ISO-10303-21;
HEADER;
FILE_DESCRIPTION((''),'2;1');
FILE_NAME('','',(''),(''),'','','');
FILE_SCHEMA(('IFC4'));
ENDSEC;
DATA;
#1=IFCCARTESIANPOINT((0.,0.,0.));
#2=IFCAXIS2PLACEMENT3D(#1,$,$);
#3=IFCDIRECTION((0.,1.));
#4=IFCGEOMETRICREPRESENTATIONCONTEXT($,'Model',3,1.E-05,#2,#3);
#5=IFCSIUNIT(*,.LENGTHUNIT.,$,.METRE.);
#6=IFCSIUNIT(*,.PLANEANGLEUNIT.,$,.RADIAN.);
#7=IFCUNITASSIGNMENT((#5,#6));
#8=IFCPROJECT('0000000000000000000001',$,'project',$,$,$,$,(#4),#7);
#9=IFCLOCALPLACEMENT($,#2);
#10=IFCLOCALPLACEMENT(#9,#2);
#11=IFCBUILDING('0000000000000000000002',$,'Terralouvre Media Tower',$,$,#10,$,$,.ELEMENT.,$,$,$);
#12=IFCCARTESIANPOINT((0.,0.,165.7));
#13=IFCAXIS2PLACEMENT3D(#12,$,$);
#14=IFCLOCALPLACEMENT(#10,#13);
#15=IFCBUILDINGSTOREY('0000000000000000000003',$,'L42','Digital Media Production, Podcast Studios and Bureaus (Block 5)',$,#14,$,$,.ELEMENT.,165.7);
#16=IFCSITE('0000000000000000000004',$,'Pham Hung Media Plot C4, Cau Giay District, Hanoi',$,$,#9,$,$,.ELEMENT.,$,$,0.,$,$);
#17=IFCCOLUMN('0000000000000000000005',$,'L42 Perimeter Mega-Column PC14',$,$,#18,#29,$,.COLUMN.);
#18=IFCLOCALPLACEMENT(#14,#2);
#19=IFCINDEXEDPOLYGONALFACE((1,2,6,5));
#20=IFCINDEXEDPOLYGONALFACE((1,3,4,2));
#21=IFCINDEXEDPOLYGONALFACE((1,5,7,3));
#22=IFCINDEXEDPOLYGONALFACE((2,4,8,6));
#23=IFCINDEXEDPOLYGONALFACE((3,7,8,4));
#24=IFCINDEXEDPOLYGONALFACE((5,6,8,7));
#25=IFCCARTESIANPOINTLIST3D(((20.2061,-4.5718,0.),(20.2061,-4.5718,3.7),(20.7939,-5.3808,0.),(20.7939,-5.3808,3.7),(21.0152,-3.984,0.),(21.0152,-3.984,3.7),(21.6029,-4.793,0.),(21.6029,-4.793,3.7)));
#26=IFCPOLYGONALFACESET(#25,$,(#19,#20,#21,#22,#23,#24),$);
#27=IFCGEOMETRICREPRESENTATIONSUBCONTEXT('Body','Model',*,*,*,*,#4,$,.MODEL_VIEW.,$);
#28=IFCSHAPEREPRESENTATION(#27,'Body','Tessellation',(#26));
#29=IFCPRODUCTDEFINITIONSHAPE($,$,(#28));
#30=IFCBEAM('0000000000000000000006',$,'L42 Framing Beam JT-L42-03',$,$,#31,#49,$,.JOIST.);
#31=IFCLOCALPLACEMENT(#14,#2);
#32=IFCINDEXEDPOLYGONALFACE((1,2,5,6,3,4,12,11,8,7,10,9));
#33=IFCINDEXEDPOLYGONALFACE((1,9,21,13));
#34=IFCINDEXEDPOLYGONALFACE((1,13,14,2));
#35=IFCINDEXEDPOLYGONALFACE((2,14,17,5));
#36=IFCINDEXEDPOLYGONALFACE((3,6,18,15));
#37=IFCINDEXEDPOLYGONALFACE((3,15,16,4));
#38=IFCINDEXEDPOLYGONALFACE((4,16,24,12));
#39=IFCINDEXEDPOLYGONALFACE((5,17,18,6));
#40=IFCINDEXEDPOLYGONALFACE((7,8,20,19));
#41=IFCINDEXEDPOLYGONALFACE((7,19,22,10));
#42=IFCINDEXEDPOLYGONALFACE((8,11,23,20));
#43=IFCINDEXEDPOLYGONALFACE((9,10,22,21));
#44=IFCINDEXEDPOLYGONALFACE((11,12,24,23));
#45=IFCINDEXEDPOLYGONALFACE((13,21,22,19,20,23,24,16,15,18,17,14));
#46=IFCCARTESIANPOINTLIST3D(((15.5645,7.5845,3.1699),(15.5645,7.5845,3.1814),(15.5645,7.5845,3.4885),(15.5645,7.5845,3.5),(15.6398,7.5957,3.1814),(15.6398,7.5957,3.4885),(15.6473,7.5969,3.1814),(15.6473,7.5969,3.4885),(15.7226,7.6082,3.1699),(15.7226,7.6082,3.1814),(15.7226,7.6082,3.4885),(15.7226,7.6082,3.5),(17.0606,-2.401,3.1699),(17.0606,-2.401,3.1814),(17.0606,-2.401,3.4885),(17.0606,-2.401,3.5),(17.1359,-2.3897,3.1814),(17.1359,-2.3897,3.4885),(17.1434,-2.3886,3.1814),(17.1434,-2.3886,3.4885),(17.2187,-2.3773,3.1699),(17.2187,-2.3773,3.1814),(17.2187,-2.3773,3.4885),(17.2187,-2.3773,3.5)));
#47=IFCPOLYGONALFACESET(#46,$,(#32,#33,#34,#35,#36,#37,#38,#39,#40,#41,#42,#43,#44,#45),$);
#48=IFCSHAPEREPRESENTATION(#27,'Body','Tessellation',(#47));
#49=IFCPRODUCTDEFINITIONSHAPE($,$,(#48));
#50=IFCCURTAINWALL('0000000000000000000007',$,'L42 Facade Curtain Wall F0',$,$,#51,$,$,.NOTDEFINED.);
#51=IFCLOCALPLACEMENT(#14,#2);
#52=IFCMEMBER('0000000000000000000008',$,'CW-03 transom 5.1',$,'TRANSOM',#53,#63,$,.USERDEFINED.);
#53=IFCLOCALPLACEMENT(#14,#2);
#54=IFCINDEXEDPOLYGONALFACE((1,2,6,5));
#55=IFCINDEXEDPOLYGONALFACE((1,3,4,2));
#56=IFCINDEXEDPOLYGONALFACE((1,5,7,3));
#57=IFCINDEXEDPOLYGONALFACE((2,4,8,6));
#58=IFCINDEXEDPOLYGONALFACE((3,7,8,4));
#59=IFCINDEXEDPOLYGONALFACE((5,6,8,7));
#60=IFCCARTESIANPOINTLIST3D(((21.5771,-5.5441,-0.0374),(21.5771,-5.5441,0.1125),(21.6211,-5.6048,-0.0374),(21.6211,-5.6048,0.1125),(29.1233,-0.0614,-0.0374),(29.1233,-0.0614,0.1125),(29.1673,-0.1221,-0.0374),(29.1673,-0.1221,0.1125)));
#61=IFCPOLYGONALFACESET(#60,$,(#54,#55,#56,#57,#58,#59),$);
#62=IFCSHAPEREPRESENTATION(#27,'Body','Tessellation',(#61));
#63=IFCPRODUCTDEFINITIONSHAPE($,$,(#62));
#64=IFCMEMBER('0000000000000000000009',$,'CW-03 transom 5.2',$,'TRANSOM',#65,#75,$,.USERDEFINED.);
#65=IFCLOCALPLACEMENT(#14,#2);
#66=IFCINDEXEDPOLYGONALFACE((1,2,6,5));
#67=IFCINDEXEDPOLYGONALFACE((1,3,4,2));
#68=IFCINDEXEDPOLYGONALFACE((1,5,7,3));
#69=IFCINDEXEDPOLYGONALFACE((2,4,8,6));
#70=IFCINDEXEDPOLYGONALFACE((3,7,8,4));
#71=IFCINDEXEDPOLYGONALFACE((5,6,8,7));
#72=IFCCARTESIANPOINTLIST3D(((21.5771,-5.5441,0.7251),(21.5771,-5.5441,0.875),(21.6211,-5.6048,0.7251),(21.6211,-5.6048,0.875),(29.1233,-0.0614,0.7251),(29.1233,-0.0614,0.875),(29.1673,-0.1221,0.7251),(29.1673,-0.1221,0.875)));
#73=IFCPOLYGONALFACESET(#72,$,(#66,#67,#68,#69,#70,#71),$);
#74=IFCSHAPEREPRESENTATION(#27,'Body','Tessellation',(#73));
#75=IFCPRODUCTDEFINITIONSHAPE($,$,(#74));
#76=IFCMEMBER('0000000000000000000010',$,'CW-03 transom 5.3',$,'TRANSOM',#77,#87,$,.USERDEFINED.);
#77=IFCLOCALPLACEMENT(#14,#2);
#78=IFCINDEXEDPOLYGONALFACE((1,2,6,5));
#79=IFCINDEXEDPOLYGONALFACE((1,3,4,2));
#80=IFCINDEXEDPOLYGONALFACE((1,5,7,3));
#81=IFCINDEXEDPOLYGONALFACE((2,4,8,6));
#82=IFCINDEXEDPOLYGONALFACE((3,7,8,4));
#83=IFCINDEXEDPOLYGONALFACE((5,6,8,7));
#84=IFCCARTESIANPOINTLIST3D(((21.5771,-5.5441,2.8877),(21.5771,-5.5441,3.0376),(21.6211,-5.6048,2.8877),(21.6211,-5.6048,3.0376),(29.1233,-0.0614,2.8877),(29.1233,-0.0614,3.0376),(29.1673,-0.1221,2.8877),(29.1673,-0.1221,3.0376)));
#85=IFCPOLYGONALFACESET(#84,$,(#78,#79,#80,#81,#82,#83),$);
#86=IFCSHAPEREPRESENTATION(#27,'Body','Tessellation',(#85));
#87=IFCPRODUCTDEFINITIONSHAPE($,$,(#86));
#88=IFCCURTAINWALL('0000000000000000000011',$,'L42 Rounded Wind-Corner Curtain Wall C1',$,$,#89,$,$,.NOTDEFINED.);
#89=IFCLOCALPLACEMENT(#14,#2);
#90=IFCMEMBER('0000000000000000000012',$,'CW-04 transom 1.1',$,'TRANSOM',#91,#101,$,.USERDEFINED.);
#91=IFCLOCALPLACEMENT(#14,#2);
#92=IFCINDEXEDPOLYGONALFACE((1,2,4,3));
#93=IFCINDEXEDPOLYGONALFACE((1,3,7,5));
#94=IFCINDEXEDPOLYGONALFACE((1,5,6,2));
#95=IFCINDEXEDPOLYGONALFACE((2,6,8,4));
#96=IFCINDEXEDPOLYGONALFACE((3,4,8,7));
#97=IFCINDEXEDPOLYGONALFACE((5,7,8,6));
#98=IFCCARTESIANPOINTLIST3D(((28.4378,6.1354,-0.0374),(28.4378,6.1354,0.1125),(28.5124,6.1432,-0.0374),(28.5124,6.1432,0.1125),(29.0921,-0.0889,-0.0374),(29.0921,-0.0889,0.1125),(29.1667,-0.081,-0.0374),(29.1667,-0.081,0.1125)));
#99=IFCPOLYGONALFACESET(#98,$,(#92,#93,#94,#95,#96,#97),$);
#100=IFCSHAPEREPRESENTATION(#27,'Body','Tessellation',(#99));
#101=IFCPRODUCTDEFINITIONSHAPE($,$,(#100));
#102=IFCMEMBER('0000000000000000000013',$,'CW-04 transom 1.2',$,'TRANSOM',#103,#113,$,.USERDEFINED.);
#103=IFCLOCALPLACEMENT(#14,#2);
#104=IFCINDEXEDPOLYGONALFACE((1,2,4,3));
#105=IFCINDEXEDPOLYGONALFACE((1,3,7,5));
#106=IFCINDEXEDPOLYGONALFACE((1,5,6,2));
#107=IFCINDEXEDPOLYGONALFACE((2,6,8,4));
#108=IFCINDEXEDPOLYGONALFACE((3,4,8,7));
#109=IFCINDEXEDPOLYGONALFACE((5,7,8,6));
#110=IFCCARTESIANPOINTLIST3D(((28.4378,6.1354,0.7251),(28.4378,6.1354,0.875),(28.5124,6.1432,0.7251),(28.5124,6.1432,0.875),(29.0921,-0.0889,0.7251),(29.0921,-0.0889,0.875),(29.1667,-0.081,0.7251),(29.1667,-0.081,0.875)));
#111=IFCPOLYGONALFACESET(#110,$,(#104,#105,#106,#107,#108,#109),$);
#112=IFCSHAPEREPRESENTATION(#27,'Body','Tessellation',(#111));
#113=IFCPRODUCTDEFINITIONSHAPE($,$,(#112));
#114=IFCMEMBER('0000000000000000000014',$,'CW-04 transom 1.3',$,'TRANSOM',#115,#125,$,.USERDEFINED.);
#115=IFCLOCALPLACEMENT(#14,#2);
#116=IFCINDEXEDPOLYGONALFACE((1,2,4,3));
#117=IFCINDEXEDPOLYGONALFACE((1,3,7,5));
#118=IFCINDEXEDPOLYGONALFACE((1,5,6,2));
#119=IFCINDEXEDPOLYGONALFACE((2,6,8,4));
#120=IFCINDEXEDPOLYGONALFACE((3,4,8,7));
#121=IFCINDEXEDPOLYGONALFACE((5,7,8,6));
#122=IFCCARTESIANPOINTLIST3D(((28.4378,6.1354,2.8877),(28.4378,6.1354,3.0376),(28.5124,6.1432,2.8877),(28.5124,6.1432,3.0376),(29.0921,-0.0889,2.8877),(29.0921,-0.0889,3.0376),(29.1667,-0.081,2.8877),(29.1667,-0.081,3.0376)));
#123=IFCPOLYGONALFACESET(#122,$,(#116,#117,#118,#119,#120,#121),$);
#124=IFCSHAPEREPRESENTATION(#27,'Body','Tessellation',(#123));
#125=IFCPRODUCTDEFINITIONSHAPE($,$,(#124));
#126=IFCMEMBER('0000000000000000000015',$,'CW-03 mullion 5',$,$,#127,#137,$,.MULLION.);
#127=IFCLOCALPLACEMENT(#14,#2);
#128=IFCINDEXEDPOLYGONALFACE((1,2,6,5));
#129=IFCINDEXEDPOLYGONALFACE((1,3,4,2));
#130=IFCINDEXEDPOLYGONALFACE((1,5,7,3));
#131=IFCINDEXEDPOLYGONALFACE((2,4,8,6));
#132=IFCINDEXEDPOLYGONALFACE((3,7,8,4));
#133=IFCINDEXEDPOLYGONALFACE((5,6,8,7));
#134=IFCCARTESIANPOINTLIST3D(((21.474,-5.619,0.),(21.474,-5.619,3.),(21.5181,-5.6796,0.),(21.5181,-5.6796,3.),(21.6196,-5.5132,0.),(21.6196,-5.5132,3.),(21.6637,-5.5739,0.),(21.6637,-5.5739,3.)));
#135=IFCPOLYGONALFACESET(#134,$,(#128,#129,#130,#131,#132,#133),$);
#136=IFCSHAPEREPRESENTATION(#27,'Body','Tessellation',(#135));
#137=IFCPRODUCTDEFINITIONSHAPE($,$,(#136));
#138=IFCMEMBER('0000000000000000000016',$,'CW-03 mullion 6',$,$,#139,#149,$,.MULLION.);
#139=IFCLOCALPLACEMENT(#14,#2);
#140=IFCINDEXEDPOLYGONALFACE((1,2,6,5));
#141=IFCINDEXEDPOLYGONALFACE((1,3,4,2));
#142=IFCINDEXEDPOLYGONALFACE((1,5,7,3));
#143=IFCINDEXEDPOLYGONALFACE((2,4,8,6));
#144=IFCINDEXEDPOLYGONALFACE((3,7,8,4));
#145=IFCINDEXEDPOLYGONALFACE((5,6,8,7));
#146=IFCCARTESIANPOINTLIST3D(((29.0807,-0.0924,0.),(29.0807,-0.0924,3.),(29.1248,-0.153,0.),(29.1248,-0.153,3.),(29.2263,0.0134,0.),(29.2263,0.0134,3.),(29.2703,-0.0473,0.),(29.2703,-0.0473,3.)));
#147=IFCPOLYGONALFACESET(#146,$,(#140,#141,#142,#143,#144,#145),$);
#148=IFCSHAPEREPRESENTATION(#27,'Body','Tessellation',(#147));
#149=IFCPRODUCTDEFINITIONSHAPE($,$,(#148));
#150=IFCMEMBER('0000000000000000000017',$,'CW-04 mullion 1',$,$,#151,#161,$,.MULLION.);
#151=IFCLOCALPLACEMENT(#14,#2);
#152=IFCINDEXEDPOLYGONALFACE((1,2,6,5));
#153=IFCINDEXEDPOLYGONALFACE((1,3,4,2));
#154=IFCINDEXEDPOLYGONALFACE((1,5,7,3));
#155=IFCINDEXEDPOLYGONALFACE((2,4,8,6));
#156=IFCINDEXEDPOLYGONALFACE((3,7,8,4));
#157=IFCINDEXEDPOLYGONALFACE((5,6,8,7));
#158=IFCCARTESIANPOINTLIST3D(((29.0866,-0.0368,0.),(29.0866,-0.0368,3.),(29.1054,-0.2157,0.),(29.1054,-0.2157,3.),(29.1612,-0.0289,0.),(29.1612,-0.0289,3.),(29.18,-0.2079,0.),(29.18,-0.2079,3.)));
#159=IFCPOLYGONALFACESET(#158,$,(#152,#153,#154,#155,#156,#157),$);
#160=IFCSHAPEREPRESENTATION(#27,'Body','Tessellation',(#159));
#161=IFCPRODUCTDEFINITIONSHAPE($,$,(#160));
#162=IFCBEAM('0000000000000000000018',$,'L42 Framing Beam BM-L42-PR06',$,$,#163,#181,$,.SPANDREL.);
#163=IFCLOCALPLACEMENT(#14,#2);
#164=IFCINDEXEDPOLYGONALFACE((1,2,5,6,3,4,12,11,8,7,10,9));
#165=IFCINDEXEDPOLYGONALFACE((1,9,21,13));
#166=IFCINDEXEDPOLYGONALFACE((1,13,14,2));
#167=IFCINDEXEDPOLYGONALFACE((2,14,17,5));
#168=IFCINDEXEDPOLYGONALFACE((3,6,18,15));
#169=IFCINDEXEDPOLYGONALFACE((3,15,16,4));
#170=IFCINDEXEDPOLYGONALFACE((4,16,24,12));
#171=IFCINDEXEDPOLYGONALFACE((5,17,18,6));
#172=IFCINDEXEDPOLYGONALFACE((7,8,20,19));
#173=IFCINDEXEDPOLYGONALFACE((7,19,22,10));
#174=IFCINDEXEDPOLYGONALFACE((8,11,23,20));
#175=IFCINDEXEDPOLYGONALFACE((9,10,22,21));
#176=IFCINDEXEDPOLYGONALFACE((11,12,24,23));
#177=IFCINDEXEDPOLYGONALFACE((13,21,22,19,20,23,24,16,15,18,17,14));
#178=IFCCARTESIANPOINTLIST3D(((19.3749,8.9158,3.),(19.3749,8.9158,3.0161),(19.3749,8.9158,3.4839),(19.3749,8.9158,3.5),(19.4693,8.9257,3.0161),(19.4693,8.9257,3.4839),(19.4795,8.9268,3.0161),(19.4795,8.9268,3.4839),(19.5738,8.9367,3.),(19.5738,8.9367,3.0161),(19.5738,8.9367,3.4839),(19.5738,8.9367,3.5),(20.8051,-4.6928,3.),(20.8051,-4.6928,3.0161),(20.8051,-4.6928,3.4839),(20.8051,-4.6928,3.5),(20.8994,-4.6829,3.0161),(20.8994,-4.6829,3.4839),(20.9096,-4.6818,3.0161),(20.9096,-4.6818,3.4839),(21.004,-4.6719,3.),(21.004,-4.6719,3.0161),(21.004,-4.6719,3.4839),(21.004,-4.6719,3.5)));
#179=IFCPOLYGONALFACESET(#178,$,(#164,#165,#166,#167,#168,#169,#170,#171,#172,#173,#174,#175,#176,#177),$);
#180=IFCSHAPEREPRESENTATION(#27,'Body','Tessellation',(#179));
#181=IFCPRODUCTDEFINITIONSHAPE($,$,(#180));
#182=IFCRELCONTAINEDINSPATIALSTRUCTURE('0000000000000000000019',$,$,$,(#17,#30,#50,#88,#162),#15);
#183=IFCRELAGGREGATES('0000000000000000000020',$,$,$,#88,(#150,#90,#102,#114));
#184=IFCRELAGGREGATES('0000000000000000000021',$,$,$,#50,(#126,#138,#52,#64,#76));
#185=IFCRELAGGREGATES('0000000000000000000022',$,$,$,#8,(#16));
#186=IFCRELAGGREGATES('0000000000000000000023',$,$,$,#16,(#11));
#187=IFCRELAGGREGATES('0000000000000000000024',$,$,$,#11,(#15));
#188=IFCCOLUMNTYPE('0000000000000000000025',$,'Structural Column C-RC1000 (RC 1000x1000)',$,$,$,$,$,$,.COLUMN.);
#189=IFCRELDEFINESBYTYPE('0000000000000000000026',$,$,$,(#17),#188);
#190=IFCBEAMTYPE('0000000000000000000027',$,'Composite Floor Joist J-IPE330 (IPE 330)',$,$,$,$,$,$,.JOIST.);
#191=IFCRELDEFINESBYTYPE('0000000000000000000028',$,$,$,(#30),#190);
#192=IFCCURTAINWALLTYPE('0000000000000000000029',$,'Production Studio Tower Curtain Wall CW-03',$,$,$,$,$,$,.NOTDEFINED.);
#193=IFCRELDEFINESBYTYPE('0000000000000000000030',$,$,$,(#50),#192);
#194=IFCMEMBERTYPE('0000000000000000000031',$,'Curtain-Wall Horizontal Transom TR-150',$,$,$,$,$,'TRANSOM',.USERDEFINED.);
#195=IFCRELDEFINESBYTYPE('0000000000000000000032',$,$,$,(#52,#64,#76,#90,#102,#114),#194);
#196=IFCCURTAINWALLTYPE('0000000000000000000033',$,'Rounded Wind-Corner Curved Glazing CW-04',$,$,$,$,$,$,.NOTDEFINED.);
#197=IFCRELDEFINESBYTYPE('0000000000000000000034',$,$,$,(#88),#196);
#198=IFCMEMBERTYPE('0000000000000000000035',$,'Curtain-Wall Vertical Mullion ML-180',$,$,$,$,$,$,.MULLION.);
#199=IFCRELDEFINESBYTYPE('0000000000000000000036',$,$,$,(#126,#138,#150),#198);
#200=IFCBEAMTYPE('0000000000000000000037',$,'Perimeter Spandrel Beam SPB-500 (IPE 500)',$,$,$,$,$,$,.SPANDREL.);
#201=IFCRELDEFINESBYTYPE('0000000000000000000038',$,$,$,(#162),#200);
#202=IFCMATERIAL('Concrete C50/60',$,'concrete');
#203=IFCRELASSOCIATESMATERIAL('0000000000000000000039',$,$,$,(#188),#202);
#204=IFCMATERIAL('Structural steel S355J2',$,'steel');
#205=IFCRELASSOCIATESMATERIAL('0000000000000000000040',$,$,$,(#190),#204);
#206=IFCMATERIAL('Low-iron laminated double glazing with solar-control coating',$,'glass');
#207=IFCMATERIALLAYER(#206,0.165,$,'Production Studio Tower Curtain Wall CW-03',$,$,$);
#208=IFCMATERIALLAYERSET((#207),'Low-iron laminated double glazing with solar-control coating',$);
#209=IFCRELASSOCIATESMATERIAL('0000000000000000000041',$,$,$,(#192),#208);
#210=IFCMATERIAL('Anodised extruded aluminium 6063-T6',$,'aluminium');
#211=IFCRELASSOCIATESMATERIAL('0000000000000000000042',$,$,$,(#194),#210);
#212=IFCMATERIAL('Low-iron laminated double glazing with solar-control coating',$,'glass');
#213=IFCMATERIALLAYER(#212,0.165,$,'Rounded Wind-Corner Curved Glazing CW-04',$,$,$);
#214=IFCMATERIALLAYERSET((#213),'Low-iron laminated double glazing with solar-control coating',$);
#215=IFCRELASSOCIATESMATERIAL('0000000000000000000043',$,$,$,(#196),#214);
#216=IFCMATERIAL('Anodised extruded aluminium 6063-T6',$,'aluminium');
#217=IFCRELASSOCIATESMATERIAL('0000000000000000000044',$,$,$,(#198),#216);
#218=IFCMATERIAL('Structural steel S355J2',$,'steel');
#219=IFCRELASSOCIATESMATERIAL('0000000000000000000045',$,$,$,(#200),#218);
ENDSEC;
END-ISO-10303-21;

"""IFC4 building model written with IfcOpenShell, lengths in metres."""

from ifc_helpers import new_model, si_unit, direction, frame, origin, origin_2d, place, context, subcontext, project, spatial, rectangle, i_section, extrude, material, layer, layer_set, material_profile, profile_set, type_object, element, aggregate, save


model = new_model("IFC4")

# Units and contexts
model_context = context("Model", 3, precision=1e-05, world=origin(), true_north=direction((0.0, 1.0)))
body_context = subcontext(model_context, "Body", "Model", "MODEL_VIEW")
ifc_project = project(units=[si_unit("LENGTHUNIT", "METRE"), si_unit("PLANEANGLEUNIT", "RADIAN")], contexts=[model_context])

# Site, building, storey
site_placement = place(None, origin())
site = spatial("IfcSite", under=ifc_project, at=site_placement, Name="Pham Hung Media Plot C4, Cau Giay District, Hanoi", CompositionType="ELEMENT", RefElevation=0.0)
building_placement = place(site_placement, origin())
building = spatial("IfcBuilding", under=site, at=building_placement, Name="Terralouvre Media Tower", CompositionType="ELEMENT")
storey_placement = place(building_placement, frame((0.0, 0.0, 165.7)))
storey = spatial("IfcBuildingStorey", under=building, at=storey_placement, Name="L42", Description="Digital Media Production, Podcast Studios and Bureaus (Block 5)", CompositionType="ELEMENT", Elevation=165.7)

# Column
ifc_material_1 = material(Name="Concrete C50/60", Category="concrete")
ifc_material_profile_1 = material_profile(ifc_material_1, rectangle(XDim=1.0, YDim=1.0, at=origin_2d()), Name="RC 1000x1000")
ifc_profile_set_1 = profile_set([ifc_material_profile_1], Name="Concrete C50/60")
column_type = type_object("IfcColumnType", Name="Structural Column C-RC1000 (RC 1000x1000)", PredefinedType="COLUMN", material=ifc_profile_set_1)
column_placement = place(storey_placement, frame((20.9045, -4.6824, 0.0), z_axis=(0.0, 0.0, 1.0), x_axis=(0.809017, 0.587785, 0.0)))
element("IfcColumn", 1, at=column_placement, inside=storey, type_object=column_type, Name="L42 Perimeter Mega-Column PC14", PredefinedType="COLUMN", context=body_context, shape_type="SweptSolid", body=[
    extrude(rectangle(XDim=1.0, YDim=1.0, at=origin_2d()), origin(), (0.0, 0.0, 1.0), 3.7),
])

# Beam
ifc_material_2 = material(Name="Structural steel S355J2", Category="steel")
ifc_material_profile_2 = material_profile(ifc_material_2, i_section(OverallWidth=0.1599, OverallDepth=0.3301, WebThickness=0.0076, FlangeThickness=0.0115, at=origin_2d()), Name="IPE 330")
ifc_profile_set_2 = profile_set([ifc_material_profile_2], Name="Structural steel S355J2")
beam_type_1 = type_object("IfcBeamType", Name="Composite Floor Joist J-IPE330 (IPE 330)", PredefinedType="JOIST", material=ifc_profile_set_2)
beam_1_placement = place(storey_placement, frame((17.1396, -2.3892, 3.335), z_axis=(-0.148175, 0.988961, 0.0), x_axis=(-0.988961, -0.148175, 0.0)))
element("IfcBeam", 2, at=beam_1_placement, inside=storey, type_object=beam_type_1, Name="L42 Framing Beam JT-L42-03", PredefinedType="JOIST", context=body_context, shape_type="SweptSolid", body=[
    extrude(i_section(OverallWidth=0.1599, OverallDepth=0.3301, WebThickness=0.0076, FlangeThickness=0.0115, at=origin_2d()), origin(), (0.0, 0.0, 1.0), 10.0969),
])

# Curtain walls, members
ifc_material_3 = material(Name="Low-iron laminated double glazing with solar-control coating", Category="glass")
ifc_layer_1 = layer(ifc_material_3, 0.165, Name="Production Studio Tower Curtain Wall CW-03")
ifc_layer_set_1 = layer_set([ifc_layer_1], Name="Low-iron laminated double glazing with solar-control coating")
curtain_wall_type_1 = type_object("IfcCurtainWallType", Name="Production Studio Tower Curtain Wall CW-03", PredefinedType="NOTDEFINED", material=ifc_layer_set_1)
curtain_wall_1_placement = place(storey_placement, origin())
curtain_wall_1 = element("IfcCurtainWall", 3, at=curtain_wall_1_placement, inside=storey, type_object=curtain_wall_type_1, Name="L42 Facade Curtain Wall F0", PredefinedType="NOTDEFINED")
ifc_material_4 = material(Name="Anodised extruded aluminium 6063-T6", Category="aluminium")
ifc_material_profile_3 = material_profile(ifc_material_4, rectangle(XDim=0.075, YDim=0.1499, at=origin_2d()), Name="ALU 75x150")
ifc_profile_set_3 = profile_set([ifc_material_profile_3], Name="Anodised extruded aluminium 6063-T6")
member_type_1 = type_object("IfcMemberType", Name="Curtain-Wall Horizontal Transom TR-150", ElementType="TRANSOM", PredefinedType="USERDEFINED", material=ifc_profile_set_3)
member_1_placement = place(storey_placement, frame((21.5991, -5.5745, 0.0376), z_axis=(0.809013, 0.58779, 0.0), x_axis=(-0.58779, 0.809013, 0.0)))
member_1 = element("IfcMember", 4, at=member_1_placement, type_object=member_type_1, Name="CW-03 transom 5.1", ObjectType="TRANSOM", PredefinedType="USERDEFINED", context=body_context, shape_type="SweptSolid", body=[
    extrude(rectangle(XDim=0.075, YDim=0.1499, at=origin_2d()), origin(), (0.0, 0.0, 1.0), 9.3276),
])
member_2_placement = place(storey_placement, frame((21.5991, -5.5745, 0.8), z_axis=(0.809013, 0.58779, 0.0), x_axis=(-0.58779, 0.809013, 0.0)))
member_2 = element("IfcMember", 5, at=member_2_placement, type_object=member_type_1, Name="CW-03 transom 5.2", ObjectType="TRANSOM", PredefinedType="USERDEFINED", context=body_context, shape_type="SweptSolid", body=[
    extrude(rectangle(XDim=0.075, YDim=0.1499, at=origin_2d()), origin(), (0.0, 0.0, 1.0), 9.3276),
])
member_3_placement = place(storey_placement, frame((21.5991, -5.5745, 2.9626), z_axis=(0.809013, 0.58779, 0.0), x_axis=(-0.58779, 0.809013, 0.0)))
member_3 = element("IfcMember", 6, at=member_3_placement, type_object=member_type_1, Name="CW-03 transom 5.3", ObjectType="TRANSOM", PredefinedType="USERDEFINED", context=body_context, shape_type="SweptSolid", body=[
    extrude(rectangle(XDim=0.075, YDim=0.1499, at=origin_2d()), origin(), (0.0, 0.0, 1.0), 9.3276),
])
ifc_material_5 = material(Name="Low-iron laminated double glazing with solar-control coating", Category="glass")
ifc_layer_2 = layer(ifc_material_5, 0.165, Name="Rounded Wind-Corner Curved Glazing CW-04")
ifc_layer_set_2 = layer_set([ifc_layer_2], Name="Low-iron laminated double glazing with solar-control coating")
curtain_wall_type_2 = type_object("IfcCurtainWallType", Name="Rounded Wind-Corner Curved Glazing CW-04", PredefinedType="NOTDEFINED", material=ifc_layer_set_2)
curtain_wall_2_placement = place(storey_placement, origin())
curtain_wall_2 = element("IfcCurtainWall", 7, at=curtain_wall_2_placement, inside=storey, type_object=curtain_wall_type_2, Name="L42 Rounded Wind-Corner Curtain Wall C1", PredefinedType="NOTDEFINED")
member_4_placement = place(storey_placement, frame((29.1294, -0.085, 0.0376), z_axis=(-0.104543, 0.99452, 0.0), x_axis=(-0.99452, -0.104543, 0.0)))
member_4 = element("IfcMember", 8, at=member_4_placement, type_object=member_type_1, Name="CW-04 transom 1.1", ObjectType="TRANSOM", PredefinedType="USERDEFINED", context=body_context, shape_type="SweptSolid", body=[
    extrude(rectangle(XDim=0.075, YDim=0.1499, at=origin_2d()), origin(), (0.0, 0.0, 1.0), 6.2585),
])
member_5_placement = place(storey_placement, frame((29.1294, -0.085, 0.8), z_axis=(-0.104543, 0.99452, 0.0), x_axis=(-0.99452, -0.104543, 0.0)))
member_5 = element("IfcMember", 9, at=member_5_placement, type_object=member_type_1, Name="CW-04 transom 1.2", ObjectType="TRANSOM", PredefinedType="USERDEFINED", context=body_context, shape_type="SweptSolid", body=[
    extrude(rectangle(XDim=0.075, YDim=0.1499, at=origin_2d()), origin(), (0.0, 0.0, 1.0), 6.2585),
])
member_6_placement = place(storey_placement, frame((29.1294, -0.085, 2.9626), z_axis=(-0.104543, 0.99452, 0.0), x_axis=(-0.99452, -0.104543, 0.0)))
member_6 = element("IfcMember", 10, at=member_6_placement, type_object=member_type_1, Name="CW-04 transom 1.3", ObjectType="TRANSOM", PredefinedType="USERDEFINED", context=body_context, shape_type="SweptSolid", body=[
    extrude(rectangle(XDim=0.075, YDim=0.1499, at=origin_2d()), origin(), (0.0, 0.0, 1.0), 6.2585),
])

# Members
ifc_material_6 = material(Name="Anodised extruded aluminium 6063-T6", Category="aluminium")
ifc_material_profile_4 = material_profile(ifc_material_6, rectangle(XDim=0.075, YDim=0.1799, at=origin_2d()), Name="ALU 75x180")
ifc_profile_set_4 = profile_set([ifc_material_profile_4], Name="Anodised extruded aluminium 6063-T6")
member_type_2 = type_object("IfcMemberType", Name="Curtain-Wall Vertical Mullion ML-180", PredefinedType="MULLION", material=ifc_profile_set_4)
member_7_placement = place(storey_placement, frame((21.5688, -5.5964, 0.0), z_axis=(0.0, 0.0, 1.0), x_axis=(-0.587785, 0.809017, 0.0)))
member_7 = element("IfcMember", 11, at=member_7_placement, type_object=member_type_2, Name="CW-03 mullion 5", PredefinedType="MULLION", context=body_context, shape_type="SweptSolid", body=[
    extrude(rectangle(XDim=0.075, YDim=0.1799, at=origin_2d()), origin(), (0.0, 0.0, 1.0), 3.0),
])
member_8_placement = place(storey_placement, frame((29.1755, -0.0698, 0.0), z_axis=(0.0, 0.0, 1.0), x_axis=(-0.587785, 0.809017, 0.0)))
member_8 = element("IfcMember", 12, at=member_8_placement, type_object=member_type_2, Name="CW-03 mullion 6", PredefinedType="MULLION", context=body_context, shape_type="SweptSolid", body=[
    extrude(rectangle(XDim=0.075, YDim=0.1799, at=origin_2d()), origin(), (0.0, 0.0, 1.0), 3.0),
])
member_9_placement = place(storey_placement, frame((29.1333, -0.1223, 0.0), z_axis=(0.0, 0.0, 1.0), x_axis=(-0.994522, -0.104529, 0.0)))
member_9 = element("IfcMember", 13, at=member_9_placement, type_object=member_type_2, Name="CW-04 mullion 1", PredefinedType="MULLION", context=body_context, shape_type="SweptSolid", body=[
    extrude(rectangle(XDim=0.075, YDim=0.1799, at=origin_2d()), origin(), (0.0, 0.0, 1.0), 3.0),
])
aggregate(curtain_wall_2, [member_9, member_4, member_5, member_6])

# Beam
ifc_material_7 = material(Name="Structural steel S355J2", Category="steel")
ifc_material_profile_5 = material_profile(ifc_material_7, i_section(OverallWidth=0.2, OverallDepth=0.5, WebThickness=0.0103, FlangeThickness=0.0161, at=origin_2d()), Name="IPE 500")
ifc_profile_set_5 = profile_set([ifc_material_profile_5], Name="Structural steel S355J2")
beam_type_2 = type_object("IfcBeamType", Name="Perimeter Spandrel Beam SPB-500 (IPE 500)", PredefinedType="SPANDREL", material=ifc_profile_set_5)
beam_2_placement = place(storey_placement, frame((20.9045, -4.6824, 3.25), z_axis=(-0.104518, 0.994523, 0.0), x_axis=(-0.994523, -0.104518, 0.0)))
element("IfcBeam", 14, at=beam_2_placement, inside=storey, type_object=beam_type_2, Name="L42 Framing Beam BM-L42-PR06", PredefinedType="SPANDREL", context=body_context, shape_type="SweptSolid", body=[
    extrude(i_section(OverallWidth=0.2, OverallDepth=0.5, WebThickness=0.0103, FlangeThickness=0.0161, at=origin_2d()), origin(), (0.0, 0.0, 1.0), 13.6836),
])

aggregate(curtain_wall_1, [member_7, member_8, member_1, member_2, member_3])

save(model, "model.ifc")
